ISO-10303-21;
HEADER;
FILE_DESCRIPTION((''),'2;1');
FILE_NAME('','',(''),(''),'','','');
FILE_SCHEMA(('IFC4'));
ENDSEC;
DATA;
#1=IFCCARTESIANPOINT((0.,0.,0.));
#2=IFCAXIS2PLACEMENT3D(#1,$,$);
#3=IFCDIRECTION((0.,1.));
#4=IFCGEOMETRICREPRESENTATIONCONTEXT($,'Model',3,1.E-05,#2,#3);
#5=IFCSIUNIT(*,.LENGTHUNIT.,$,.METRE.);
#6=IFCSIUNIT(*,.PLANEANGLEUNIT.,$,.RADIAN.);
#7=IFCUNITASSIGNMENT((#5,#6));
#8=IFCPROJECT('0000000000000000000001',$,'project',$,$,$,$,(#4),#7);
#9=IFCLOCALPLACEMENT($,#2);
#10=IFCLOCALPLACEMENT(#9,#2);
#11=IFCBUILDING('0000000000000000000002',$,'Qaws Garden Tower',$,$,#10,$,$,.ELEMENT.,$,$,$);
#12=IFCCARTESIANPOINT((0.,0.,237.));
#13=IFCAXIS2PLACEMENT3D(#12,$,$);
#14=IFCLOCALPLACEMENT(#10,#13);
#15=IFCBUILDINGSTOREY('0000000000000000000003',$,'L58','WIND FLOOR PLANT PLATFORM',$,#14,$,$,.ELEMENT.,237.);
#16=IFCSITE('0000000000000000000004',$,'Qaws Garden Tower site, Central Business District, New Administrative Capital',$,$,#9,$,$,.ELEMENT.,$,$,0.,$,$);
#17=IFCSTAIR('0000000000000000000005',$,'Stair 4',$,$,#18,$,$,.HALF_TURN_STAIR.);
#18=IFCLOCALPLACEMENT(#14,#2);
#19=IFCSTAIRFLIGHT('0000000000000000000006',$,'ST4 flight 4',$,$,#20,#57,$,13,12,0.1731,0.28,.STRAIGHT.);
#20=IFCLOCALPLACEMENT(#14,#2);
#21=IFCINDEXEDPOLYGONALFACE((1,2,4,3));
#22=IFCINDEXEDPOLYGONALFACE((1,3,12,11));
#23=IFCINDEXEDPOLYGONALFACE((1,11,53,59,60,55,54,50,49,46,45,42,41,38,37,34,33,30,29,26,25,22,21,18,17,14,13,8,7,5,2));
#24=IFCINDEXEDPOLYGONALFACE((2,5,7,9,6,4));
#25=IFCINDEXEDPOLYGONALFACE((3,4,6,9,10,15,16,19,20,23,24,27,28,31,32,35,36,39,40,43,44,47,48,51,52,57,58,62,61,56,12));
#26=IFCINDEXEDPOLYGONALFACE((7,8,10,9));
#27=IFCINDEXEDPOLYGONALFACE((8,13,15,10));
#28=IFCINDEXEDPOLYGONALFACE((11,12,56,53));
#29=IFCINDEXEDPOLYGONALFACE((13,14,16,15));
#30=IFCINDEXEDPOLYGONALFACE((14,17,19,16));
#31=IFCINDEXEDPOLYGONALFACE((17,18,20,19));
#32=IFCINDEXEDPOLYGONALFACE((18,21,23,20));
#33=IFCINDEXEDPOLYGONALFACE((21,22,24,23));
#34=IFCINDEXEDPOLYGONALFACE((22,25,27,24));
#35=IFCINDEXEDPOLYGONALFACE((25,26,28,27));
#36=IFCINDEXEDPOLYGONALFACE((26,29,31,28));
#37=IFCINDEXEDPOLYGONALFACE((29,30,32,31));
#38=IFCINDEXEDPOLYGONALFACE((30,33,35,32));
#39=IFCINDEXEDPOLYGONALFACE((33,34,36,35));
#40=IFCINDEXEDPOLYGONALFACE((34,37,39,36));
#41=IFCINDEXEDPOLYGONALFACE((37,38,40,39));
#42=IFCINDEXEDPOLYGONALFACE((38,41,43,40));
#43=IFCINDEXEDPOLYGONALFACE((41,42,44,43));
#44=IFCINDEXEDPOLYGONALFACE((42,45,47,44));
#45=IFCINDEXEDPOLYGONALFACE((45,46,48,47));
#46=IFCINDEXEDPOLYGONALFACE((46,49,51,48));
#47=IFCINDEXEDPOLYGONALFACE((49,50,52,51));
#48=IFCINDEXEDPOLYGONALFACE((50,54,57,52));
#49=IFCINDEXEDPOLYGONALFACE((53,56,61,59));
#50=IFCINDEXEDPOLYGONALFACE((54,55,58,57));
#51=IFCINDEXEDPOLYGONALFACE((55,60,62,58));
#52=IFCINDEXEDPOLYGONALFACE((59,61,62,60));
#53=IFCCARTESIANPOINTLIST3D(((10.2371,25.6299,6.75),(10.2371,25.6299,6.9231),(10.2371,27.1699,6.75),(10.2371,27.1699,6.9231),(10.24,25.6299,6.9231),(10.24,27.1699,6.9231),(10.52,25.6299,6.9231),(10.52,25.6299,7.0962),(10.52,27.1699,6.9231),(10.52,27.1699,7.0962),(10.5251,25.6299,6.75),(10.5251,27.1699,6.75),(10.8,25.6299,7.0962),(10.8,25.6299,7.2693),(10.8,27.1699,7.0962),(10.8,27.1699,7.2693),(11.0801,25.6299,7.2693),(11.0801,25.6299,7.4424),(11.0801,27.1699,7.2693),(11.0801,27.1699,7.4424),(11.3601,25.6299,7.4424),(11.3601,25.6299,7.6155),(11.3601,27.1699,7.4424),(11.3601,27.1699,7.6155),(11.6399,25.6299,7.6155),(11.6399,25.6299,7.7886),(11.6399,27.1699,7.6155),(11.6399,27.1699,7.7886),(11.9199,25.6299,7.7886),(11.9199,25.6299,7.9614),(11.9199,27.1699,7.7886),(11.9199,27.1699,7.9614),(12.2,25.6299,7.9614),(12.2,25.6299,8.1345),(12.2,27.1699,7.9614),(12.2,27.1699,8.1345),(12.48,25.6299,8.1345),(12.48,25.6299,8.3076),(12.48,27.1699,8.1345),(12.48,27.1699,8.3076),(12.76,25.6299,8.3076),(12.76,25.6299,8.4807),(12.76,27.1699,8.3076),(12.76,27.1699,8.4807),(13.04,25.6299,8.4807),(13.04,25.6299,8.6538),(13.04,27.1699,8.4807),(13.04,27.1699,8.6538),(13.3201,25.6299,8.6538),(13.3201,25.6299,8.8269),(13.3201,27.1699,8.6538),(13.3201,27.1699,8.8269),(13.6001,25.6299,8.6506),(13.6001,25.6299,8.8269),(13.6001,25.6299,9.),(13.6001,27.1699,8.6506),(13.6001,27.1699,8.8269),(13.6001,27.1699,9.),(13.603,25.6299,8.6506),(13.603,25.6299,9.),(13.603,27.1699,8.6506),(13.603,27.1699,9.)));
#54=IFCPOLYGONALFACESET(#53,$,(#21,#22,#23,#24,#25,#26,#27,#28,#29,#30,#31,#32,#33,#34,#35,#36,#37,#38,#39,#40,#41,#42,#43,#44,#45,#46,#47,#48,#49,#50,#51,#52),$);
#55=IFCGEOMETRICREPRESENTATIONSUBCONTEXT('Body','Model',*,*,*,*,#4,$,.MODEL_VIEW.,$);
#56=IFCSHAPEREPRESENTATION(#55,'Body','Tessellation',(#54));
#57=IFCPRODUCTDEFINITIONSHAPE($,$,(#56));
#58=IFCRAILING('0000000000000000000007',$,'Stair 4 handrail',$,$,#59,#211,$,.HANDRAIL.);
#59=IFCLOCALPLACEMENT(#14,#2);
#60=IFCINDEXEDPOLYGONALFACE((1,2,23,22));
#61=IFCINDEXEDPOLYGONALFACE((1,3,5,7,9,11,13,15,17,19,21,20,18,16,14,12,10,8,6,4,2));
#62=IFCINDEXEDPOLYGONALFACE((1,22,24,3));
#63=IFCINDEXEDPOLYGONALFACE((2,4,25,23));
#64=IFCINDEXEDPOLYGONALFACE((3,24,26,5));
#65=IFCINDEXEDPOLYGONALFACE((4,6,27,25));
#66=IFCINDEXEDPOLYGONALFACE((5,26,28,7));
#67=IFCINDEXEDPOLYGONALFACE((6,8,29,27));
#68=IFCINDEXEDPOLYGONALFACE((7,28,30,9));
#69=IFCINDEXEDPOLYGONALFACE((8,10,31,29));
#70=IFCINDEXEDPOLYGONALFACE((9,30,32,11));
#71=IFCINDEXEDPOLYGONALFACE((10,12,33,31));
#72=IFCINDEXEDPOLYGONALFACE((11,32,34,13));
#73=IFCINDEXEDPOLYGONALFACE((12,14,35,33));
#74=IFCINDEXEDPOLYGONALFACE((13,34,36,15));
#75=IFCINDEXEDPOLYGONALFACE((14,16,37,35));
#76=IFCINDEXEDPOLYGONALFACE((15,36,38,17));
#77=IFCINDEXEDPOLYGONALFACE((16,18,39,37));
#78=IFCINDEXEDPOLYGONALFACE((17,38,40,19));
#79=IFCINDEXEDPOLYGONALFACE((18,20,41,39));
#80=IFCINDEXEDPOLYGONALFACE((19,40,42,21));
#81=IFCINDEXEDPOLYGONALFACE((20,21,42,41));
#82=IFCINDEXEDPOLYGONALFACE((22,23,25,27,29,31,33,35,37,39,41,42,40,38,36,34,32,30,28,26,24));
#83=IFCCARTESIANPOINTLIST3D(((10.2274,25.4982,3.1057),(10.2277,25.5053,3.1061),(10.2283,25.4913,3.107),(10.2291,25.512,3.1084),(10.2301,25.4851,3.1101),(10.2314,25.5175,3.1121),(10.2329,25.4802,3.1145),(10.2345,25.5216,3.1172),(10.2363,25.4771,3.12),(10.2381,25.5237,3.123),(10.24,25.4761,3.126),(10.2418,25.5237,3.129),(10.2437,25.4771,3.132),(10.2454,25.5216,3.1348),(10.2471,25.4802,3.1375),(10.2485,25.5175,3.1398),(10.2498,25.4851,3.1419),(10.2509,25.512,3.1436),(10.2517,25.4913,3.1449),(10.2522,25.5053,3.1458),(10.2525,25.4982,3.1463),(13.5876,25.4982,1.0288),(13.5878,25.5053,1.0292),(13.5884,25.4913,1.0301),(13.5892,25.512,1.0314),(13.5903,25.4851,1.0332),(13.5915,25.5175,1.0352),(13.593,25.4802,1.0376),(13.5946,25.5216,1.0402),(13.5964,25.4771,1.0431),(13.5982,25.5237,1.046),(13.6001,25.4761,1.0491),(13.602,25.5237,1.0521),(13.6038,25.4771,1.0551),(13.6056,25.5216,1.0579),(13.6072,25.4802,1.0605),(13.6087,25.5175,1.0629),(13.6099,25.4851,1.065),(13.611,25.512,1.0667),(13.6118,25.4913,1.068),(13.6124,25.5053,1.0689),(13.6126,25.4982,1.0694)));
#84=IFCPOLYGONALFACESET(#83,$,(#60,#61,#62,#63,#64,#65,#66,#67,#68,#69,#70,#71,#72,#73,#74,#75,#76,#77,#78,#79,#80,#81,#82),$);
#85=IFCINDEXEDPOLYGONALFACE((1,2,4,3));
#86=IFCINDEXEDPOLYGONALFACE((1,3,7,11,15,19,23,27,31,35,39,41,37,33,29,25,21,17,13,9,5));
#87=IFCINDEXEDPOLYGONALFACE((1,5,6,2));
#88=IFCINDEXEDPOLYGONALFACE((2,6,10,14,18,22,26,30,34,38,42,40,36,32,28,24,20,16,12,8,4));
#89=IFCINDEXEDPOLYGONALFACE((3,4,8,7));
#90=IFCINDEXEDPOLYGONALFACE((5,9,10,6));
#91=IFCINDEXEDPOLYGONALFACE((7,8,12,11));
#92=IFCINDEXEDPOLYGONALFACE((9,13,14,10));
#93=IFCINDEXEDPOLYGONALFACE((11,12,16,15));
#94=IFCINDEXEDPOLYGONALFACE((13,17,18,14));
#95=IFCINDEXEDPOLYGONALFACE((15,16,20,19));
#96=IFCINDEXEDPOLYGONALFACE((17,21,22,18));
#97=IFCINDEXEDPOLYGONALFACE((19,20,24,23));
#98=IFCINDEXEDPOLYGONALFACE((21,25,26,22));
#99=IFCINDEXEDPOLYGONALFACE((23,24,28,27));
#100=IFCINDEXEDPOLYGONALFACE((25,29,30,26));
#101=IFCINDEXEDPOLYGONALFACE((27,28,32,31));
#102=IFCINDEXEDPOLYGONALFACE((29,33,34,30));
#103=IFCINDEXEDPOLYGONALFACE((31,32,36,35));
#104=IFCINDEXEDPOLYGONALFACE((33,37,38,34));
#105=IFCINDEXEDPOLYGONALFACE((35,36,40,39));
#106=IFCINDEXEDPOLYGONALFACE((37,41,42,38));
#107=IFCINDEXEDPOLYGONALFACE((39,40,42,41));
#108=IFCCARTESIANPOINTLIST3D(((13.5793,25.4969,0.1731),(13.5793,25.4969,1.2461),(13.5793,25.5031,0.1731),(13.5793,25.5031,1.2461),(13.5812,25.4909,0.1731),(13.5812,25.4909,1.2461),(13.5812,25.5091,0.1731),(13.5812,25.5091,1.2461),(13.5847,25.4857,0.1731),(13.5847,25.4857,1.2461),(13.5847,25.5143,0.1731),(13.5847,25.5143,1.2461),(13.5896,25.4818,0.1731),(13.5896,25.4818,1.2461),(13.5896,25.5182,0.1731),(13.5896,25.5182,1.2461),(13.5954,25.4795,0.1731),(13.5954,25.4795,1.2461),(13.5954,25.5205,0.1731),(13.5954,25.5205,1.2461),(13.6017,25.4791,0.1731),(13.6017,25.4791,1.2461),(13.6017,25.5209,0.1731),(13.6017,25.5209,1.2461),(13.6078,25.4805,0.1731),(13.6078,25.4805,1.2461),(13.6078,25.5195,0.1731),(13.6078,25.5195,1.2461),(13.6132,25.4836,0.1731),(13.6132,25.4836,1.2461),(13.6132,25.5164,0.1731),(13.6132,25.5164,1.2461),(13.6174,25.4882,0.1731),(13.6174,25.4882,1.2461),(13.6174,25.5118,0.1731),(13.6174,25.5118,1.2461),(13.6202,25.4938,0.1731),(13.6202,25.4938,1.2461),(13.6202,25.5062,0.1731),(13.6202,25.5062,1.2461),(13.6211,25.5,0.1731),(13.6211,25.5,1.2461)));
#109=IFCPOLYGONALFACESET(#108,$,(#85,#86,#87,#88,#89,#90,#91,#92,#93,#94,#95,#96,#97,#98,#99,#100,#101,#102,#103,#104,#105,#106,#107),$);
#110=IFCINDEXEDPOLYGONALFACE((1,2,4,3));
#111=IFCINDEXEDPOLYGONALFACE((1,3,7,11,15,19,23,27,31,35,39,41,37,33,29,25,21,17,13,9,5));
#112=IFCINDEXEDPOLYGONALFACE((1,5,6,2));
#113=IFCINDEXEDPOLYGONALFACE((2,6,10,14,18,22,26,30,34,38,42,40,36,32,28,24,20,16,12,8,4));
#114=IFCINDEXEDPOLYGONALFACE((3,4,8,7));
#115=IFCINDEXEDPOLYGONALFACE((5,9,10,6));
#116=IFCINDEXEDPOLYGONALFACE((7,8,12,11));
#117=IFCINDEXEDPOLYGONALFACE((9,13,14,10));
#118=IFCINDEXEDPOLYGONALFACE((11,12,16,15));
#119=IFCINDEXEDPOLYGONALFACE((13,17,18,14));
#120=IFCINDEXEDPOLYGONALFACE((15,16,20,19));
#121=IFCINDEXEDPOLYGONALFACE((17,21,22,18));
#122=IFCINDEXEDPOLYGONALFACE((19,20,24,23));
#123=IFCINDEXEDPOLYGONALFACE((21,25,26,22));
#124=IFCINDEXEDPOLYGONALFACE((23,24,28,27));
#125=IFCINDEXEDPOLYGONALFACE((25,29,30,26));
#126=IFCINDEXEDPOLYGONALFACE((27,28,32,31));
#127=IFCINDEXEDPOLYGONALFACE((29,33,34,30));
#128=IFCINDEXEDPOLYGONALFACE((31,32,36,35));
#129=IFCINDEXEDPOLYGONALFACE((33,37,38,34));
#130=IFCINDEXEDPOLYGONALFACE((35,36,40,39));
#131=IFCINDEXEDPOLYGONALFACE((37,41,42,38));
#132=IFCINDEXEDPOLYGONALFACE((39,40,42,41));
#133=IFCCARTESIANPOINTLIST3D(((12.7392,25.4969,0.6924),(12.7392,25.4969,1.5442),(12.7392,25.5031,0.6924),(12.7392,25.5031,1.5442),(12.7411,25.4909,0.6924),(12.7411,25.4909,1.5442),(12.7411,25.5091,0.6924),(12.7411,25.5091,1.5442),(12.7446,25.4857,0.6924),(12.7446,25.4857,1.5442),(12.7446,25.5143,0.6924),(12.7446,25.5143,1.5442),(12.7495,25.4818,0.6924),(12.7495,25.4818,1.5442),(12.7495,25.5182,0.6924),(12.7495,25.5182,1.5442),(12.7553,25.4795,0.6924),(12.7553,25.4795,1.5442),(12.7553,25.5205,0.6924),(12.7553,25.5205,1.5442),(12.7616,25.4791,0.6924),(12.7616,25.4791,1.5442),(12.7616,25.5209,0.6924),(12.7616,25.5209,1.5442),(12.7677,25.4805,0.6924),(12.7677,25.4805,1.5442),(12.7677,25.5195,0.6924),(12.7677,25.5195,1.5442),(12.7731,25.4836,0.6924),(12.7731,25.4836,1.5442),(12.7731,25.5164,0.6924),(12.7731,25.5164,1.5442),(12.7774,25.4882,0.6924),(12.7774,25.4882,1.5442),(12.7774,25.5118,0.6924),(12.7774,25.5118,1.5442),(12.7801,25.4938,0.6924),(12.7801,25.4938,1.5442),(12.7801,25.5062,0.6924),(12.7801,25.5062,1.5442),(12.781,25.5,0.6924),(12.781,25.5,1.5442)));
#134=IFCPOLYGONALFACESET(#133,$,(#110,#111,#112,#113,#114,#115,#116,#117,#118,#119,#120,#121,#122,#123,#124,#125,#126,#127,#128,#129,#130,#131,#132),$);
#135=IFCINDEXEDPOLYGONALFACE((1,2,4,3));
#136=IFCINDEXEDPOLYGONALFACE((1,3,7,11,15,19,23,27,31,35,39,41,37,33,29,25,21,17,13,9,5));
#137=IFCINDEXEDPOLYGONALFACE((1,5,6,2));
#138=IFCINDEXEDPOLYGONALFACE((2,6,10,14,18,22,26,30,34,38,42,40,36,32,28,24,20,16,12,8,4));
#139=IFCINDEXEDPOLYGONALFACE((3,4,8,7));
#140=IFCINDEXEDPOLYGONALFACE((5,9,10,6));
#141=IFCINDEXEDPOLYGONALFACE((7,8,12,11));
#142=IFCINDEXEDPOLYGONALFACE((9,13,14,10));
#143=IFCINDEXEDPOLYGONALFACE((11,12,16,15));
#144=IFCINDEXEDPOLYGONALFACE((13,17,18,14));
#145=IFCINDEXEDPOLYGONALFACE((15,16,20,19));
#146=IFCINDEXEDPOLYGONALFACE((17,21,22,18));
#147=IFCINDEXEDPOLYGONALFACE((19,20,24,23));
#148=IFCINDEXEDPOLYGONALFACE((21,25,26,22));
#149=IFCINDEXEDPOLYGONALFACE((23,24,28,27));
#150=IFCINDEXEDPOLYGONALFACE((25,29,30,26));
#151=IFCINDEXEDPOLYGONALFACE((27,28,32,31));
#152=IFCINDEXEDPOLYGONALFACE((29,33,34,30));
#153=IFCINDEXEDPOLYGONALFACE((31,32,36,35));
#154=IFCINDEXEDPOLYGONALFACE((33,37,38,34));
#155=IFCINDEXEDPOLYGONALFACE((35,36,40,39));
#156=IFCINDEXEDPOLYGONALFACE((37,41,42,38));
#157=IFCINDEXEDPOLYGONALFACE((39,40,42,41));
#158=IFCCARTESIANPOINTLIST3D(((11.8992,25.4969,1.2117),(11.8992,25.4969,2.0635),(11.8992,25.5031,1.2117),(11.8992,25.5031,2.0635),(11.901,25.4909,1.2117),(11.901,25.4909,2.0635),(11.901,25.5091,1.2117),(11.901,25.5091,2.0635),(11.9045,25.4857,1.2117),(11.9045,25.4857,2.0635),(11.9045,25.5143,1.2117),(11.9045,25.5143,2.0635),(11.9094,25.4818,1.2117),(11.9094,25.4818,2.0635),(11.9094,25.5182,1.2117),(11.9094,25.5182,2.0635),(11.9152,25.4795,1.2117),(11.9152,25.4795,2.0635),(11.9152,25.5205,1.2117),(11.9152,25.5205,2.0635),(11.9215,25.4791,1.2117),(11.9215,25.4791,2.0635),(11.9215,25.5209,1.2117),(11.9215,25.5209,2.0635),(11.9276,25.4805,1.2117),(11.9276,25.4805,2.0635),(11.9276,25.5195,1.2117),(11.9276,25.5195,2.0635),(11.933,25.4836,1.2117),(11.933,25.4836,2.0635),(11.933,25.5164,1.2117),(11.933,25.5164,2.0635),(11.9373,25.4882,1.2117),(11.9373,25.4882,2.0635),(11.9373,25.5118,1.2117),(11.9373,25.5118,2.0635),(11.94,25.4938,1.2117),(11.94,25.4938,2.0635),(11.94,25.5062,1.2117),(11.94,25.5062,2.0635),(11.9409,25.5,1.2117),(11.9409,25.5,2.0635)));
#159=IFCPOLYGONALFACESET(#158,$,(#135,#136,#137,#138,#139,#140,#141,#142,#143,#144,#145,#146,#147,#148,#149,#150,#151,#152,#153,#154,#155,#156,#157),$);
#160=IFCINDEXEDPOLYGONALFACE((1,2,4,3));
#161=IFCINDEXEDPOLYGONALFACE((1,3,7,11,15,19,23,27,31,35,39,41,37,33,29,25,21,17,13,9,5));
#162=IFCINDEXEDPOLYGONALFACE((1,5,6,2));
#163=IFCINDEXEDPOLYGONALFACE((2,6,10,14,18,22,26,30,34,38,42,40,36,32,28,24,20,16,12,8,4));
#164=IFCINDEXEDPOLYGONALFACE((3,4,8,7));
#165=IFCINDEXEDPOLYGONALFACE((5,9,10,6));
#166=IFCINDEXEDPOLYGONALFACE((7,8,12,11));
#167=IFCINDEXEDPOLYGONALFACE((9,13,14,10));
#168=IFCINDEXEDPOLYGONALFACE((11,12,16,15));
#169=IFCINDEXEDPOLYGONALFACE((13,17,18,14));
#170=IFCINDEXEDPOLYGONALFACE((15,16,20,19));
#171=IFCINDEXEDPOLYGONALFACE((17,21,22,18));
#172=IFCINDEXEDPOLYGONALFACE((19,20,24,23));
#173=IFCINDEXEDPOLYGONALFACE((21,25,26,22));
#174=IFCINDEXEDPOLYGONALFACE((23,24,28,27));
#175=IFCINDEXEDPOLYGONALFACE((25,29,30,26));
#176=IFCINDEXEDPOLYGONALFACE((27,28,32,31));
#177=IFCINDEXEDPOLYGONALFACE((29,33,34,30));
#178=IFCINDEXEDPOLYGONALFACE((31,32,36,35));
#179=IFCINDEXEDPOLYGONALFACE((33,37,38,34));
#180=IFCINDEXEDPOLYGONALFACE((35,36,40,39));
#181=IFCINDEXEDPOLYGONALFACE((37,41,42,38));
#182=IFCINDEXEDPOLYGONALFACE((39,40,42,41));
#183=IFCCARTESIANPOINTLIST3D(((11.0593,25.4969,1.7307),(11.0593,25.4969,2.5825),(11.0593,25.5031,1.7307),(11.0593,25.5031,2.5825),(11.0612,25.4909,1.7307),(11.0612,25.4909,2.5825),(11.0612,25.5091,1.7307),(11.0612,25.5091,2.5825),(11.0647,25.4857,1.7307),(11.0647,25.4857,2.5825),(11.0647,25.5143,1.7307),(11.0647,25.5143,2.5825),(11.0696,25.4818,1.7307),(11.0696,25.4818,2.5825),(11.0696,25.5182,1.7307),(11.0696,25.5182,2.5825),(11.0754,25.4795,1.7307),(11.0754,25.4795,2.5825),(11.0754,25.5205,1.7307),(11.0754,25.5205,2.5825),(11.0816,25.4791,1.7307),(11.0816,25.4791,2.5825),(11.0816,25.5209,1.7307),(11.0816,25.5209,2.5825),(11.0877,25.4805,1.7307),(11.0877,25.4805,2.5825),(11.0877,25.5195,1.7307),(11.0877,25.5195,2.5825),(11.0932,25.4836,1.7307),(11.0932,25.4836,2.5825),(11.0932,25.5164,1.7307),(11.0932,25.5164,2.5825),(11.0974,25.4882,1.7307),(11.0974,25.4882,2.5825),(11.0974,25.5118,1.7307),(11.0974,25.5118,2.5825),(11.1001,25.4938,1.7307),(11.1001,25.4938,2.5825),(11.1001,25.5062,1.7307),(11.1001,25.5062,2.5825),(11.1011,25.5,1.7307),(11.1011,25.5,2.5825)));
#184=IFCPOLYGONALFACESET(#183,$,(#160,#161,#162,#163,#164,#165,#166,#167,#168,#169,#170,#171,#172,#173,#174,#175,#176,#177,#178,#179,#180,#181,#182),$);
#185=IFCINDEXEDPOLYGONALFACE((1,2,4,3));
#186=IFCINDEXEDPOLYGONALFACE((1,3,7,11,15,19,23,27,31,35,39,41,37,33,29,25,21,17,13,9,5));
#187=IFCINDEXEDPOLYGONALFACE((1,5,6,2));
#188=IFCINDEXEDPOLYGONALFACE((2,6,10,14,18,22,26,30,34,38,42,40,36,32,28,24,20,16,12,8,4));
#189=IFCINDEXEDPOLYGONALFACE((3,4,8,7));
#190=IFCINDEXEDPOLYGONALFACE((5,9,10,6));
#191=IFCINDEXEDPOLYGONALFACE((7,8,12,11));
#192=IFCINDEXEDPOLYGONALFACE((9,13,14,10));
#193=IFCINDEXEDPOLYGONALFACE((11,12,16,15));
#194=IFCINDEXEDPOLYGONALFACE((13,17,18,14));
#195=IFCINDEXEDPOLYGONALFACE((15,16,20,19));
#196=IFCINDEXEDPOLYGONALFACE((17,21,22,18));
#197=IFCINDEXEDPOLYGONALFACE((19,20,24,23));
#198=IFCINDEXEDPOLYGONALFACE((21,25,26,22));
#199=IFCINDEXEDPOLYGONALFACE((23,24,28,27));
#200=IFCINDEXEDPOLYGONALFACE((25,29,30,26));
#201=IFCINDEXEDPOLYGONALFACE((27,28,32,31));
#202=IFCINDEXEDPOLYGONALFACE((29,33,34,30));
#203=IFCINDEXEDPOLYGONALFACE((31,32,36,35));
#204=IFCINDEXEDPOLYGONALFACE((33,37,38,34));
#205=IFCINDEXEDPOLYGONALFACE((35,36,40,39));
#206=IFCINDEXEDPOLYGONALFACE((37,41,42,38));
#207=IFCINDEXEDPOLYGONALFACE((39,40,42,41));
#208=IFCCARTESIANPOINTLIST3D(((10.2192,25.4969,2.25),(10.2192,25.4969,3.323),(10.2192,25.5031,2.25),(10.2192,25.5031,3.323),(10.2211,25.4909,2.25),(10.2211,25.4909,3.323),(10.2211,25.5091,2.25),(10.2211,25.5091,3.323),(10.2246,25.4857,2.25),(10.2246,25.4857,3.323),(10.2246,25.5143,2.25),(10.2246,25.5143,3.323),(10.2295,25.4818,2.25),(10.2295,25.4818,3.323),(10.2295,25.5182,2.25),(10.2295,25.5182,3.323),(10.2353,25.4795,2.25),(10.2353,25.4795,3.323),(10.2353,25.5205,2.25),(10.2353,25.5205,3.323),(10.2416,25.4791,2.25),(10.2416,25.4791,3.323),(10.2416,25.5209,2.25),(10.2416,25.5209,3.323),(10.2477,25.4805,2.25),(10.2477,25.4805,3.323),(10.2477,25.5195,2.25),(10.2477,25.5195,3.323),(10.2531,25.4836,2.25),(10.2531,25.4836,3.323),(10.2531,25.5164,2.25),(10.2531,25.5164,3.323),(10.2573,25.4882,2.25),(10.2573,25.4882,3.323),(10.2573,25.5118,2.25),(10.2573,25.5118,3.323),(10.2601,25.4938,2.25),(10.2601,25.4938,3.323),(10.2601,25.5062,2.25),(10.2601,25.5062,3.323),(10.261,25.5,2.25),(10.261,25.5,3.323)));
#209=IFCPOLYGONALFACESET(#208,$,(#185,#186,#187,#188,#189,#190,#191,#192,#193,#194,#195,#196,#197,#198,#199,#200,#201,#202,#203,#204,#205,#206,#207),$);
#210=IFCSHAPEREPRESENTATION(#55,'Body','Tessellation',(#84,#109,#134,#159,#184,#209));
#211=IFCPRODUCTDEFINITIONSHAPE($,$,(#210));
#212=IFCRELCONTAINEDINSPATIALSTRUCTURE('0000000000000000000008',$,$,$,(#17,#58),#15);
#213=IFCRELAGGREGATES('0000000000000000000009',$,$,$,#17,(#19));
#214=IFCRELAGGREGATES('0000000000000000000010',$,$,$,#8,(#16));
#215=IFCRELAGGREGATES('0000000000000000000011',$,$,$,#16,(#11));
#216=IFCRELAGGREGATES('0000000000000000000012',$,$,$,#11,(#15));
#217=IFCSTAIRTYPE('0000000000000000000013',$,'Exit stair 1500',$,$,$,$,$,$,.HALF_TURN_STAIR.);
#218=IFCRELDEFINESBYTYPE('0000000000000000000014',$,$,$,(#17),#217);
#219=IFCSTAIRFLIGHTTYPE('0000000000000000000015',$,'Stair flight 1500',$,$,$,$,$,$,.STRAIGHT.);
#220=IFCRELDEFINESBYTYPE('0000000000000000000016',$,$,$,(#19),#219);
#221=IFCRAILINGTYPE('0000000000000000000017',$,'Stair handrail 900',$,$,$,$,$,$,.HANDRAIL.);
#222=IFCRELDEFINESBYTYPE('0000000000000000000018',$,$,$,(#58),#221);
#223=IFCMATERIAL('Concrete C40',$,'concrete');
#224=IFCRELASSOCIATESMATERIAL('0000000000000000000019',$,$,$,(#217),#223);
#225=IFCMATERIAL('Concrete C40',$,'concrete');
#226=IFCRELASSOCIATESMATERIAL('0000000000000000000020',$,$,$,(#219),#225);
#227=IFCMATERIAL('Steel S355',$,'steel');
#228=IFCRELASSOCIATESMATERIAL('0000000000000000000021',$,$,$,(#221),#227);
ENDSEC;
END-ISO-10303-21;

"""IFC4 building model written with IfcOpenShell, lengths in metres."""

from ifc_helpers import new_model, si_unit, direction, frame, origin, origin_2d, place, context, subcontext, project, spatial, polyline, circle, outline, extrude, material, type_object, element, aggregate, save


model = new_model("IFC4")

# Units and contexts
model_context = context("Model", 3, precision=1e-05, world=origin(), true_north=direction((0.0, 1.0)))
body_context = subcontext(model_context, "Body", "Model", "MODEL_VIEW")
ifc_project = project(units=[si_unit("LENGTHUNIT", "METRE"), si_unit("PLANEANGLEUNIT", "RADIAN")], contexts=[model_context])

# Site, building, storey
site_placement = place(None, origin())
site = spatial("IfcSite", under=ifc_project, at=site_placement, Name="Qaws Garden Tower site, Central Business District, New Administrative Capital", CompositionType="ELEMENT", RefElevation=0.0)
building_placement = place(site_placement, origin())
building = spatial("IfcBuilding", under=site, at=building_placement, Name="Qaws Garden Tower", CompositionType="ELEMENT")
storey_placement = place(building_placement, frame((0.0, 0.0, 237.0)))
storey = spatial("IfcBuildingStorey", under=building, at=storey_placement, Name="L58", Description="WIND FLOOR PLANT PLATFORM", CompositionType="ELEMENT", Elevation=237.0)

# Stair, stair flight
ifc_material_1 = material(Name="Concrete C40", Category="concrete")
stair_type = type_object("IfcStairType", Name="Exit stair 1500", PredefinedType="HALF_TURN_STAIR", material=ifc_material_1)
stair_placement = place(storey_placement, origin())
stair = element("IfcStair", 1, at=stair_placement, inside=storey, type_object=stair_type, Name="Stair 4", PredefinedType="HALF_TURN_STAIR")
ifc_material_2 = material(Name="Concrete C40", Category="concrete")
stair_flight_type = type_object("IfcStairFlightType", Name="Stair flight 1500", PredefinedType="STRAIGHT", material=ifc_material_2)
stair_flight_1_placement = place(storey_placement, frame((10.24, 26.3999, 6.75), z_axis=(0.0, 0.0, 1.0), x_axis=(1.0, 0.0, 0.0)))
stair_flight_1 = element("IfcStairFlight", 2, at=stair_flight_1_placement, type_object=stair_flight_type, Name="ST4 flight 4", NumberOfRisers=13, NumberOfTreads=12, PredefinedType="STRAIGHT", RiserHeight=0.1731, TreadLength=0.28, context=body_context, shape_type="SweptSolid", body=[
    extrude(outline(polyline([(-0.0029, 0.0), (-0.0029, 0.1731), (0.0, 0.1731), (0.28, 0.1731), (0.28, 0.3462), (0.5601, 0.3462), (0.5601, 0.5193), (0.8401, 0.5193), (0.8401, 0.6924), (1.1201, 0.6924), (1.1201, 0.8655), (1.3999, 0.8655), (1.3999, 1.0386), (1.6799, 1.0386), (1.6799, 1.2114), (1.96, 1.2114), (1.96, 1.3845), (2.24, 1.3845), (2.24, 1.5576), (2.52, 1.5576), (2.52, 1.7307), (2.8, 1.7307), (2.8, 1.9038), (3.0801, 1.9038), (3.0801, 2.0769), (3.3601, 2.0769), (3.3601, 2.25), (3.363, 2.25), (3.363, 1.9006), (3.3601, 1.9006), (0.2852, 0.0), (-0.0029, 0.0)])), frame((0.0, 0.77, 0.0), z_axis=(0.0, -1.0, 0.0), x_axis=(1.0, 0.0, 0.0)), (0.0, 0.0, 1.0), 1.54),
])
aggregate(stair, [stair_flight_1])

# Railing
ifc_material_3 = material(Name="Steel S355", Category="steel")
railing_type_1 = type_object("IfcRailingType", Name="Stair handrail 900", PredefinedType="HANDRAIL", material=ifc_material_3)
railing_1_placement = place(storey_placement, frame((13.6001, 25.5, 0.1731)))
element("IfcRailing", 3, at=railing_1_placement, inside=storey, type_object=railing_type_1, Name="Stair 4 handrail", PredefinedType="HANDRAIL", context=body_context, shape_type="SweptSolid", body=[
    extrude(circle(Radius=0.0239, at=origin_2d()), frame((0.0, 0.0, 0.876), z_axis=(-0.850623, 0.0, 0.525776), x_axis=(0.0, -1.0, 0.0)), (0.0, 0.0, 1.0), 3.9502),
    extrude(circle(Radius=0.021, at=origin_2d()), origin(), (0.0, 0.0, 1.0), 1.073),
    extrude(circle(Radius=0.021, at=origin_2d()), frame((-0.8401, 0.0, 0.5193)), (0.0, 0.0, 1.0), 0.8518),
    extrude(circle(Radius=0.021, at=origin_2d()), frame((-1.6802, 0.0, 1.0386)), (0.0, 0.0, 1.0), 0.8518),
    extrude(circle(Radius=0.021, at=origin_2d()), frame((-2.52, 0.0, 1.5576)), (0.0, 0.0, 1.0), 0.8518),
    extrude(circle(Radius=0.021, at=origin_2d()), frame((-3.3601, 0.0, 2.0769)), (0.0, 0.0, 1.0), 1.073),
])

save(model, "model.ifc")
